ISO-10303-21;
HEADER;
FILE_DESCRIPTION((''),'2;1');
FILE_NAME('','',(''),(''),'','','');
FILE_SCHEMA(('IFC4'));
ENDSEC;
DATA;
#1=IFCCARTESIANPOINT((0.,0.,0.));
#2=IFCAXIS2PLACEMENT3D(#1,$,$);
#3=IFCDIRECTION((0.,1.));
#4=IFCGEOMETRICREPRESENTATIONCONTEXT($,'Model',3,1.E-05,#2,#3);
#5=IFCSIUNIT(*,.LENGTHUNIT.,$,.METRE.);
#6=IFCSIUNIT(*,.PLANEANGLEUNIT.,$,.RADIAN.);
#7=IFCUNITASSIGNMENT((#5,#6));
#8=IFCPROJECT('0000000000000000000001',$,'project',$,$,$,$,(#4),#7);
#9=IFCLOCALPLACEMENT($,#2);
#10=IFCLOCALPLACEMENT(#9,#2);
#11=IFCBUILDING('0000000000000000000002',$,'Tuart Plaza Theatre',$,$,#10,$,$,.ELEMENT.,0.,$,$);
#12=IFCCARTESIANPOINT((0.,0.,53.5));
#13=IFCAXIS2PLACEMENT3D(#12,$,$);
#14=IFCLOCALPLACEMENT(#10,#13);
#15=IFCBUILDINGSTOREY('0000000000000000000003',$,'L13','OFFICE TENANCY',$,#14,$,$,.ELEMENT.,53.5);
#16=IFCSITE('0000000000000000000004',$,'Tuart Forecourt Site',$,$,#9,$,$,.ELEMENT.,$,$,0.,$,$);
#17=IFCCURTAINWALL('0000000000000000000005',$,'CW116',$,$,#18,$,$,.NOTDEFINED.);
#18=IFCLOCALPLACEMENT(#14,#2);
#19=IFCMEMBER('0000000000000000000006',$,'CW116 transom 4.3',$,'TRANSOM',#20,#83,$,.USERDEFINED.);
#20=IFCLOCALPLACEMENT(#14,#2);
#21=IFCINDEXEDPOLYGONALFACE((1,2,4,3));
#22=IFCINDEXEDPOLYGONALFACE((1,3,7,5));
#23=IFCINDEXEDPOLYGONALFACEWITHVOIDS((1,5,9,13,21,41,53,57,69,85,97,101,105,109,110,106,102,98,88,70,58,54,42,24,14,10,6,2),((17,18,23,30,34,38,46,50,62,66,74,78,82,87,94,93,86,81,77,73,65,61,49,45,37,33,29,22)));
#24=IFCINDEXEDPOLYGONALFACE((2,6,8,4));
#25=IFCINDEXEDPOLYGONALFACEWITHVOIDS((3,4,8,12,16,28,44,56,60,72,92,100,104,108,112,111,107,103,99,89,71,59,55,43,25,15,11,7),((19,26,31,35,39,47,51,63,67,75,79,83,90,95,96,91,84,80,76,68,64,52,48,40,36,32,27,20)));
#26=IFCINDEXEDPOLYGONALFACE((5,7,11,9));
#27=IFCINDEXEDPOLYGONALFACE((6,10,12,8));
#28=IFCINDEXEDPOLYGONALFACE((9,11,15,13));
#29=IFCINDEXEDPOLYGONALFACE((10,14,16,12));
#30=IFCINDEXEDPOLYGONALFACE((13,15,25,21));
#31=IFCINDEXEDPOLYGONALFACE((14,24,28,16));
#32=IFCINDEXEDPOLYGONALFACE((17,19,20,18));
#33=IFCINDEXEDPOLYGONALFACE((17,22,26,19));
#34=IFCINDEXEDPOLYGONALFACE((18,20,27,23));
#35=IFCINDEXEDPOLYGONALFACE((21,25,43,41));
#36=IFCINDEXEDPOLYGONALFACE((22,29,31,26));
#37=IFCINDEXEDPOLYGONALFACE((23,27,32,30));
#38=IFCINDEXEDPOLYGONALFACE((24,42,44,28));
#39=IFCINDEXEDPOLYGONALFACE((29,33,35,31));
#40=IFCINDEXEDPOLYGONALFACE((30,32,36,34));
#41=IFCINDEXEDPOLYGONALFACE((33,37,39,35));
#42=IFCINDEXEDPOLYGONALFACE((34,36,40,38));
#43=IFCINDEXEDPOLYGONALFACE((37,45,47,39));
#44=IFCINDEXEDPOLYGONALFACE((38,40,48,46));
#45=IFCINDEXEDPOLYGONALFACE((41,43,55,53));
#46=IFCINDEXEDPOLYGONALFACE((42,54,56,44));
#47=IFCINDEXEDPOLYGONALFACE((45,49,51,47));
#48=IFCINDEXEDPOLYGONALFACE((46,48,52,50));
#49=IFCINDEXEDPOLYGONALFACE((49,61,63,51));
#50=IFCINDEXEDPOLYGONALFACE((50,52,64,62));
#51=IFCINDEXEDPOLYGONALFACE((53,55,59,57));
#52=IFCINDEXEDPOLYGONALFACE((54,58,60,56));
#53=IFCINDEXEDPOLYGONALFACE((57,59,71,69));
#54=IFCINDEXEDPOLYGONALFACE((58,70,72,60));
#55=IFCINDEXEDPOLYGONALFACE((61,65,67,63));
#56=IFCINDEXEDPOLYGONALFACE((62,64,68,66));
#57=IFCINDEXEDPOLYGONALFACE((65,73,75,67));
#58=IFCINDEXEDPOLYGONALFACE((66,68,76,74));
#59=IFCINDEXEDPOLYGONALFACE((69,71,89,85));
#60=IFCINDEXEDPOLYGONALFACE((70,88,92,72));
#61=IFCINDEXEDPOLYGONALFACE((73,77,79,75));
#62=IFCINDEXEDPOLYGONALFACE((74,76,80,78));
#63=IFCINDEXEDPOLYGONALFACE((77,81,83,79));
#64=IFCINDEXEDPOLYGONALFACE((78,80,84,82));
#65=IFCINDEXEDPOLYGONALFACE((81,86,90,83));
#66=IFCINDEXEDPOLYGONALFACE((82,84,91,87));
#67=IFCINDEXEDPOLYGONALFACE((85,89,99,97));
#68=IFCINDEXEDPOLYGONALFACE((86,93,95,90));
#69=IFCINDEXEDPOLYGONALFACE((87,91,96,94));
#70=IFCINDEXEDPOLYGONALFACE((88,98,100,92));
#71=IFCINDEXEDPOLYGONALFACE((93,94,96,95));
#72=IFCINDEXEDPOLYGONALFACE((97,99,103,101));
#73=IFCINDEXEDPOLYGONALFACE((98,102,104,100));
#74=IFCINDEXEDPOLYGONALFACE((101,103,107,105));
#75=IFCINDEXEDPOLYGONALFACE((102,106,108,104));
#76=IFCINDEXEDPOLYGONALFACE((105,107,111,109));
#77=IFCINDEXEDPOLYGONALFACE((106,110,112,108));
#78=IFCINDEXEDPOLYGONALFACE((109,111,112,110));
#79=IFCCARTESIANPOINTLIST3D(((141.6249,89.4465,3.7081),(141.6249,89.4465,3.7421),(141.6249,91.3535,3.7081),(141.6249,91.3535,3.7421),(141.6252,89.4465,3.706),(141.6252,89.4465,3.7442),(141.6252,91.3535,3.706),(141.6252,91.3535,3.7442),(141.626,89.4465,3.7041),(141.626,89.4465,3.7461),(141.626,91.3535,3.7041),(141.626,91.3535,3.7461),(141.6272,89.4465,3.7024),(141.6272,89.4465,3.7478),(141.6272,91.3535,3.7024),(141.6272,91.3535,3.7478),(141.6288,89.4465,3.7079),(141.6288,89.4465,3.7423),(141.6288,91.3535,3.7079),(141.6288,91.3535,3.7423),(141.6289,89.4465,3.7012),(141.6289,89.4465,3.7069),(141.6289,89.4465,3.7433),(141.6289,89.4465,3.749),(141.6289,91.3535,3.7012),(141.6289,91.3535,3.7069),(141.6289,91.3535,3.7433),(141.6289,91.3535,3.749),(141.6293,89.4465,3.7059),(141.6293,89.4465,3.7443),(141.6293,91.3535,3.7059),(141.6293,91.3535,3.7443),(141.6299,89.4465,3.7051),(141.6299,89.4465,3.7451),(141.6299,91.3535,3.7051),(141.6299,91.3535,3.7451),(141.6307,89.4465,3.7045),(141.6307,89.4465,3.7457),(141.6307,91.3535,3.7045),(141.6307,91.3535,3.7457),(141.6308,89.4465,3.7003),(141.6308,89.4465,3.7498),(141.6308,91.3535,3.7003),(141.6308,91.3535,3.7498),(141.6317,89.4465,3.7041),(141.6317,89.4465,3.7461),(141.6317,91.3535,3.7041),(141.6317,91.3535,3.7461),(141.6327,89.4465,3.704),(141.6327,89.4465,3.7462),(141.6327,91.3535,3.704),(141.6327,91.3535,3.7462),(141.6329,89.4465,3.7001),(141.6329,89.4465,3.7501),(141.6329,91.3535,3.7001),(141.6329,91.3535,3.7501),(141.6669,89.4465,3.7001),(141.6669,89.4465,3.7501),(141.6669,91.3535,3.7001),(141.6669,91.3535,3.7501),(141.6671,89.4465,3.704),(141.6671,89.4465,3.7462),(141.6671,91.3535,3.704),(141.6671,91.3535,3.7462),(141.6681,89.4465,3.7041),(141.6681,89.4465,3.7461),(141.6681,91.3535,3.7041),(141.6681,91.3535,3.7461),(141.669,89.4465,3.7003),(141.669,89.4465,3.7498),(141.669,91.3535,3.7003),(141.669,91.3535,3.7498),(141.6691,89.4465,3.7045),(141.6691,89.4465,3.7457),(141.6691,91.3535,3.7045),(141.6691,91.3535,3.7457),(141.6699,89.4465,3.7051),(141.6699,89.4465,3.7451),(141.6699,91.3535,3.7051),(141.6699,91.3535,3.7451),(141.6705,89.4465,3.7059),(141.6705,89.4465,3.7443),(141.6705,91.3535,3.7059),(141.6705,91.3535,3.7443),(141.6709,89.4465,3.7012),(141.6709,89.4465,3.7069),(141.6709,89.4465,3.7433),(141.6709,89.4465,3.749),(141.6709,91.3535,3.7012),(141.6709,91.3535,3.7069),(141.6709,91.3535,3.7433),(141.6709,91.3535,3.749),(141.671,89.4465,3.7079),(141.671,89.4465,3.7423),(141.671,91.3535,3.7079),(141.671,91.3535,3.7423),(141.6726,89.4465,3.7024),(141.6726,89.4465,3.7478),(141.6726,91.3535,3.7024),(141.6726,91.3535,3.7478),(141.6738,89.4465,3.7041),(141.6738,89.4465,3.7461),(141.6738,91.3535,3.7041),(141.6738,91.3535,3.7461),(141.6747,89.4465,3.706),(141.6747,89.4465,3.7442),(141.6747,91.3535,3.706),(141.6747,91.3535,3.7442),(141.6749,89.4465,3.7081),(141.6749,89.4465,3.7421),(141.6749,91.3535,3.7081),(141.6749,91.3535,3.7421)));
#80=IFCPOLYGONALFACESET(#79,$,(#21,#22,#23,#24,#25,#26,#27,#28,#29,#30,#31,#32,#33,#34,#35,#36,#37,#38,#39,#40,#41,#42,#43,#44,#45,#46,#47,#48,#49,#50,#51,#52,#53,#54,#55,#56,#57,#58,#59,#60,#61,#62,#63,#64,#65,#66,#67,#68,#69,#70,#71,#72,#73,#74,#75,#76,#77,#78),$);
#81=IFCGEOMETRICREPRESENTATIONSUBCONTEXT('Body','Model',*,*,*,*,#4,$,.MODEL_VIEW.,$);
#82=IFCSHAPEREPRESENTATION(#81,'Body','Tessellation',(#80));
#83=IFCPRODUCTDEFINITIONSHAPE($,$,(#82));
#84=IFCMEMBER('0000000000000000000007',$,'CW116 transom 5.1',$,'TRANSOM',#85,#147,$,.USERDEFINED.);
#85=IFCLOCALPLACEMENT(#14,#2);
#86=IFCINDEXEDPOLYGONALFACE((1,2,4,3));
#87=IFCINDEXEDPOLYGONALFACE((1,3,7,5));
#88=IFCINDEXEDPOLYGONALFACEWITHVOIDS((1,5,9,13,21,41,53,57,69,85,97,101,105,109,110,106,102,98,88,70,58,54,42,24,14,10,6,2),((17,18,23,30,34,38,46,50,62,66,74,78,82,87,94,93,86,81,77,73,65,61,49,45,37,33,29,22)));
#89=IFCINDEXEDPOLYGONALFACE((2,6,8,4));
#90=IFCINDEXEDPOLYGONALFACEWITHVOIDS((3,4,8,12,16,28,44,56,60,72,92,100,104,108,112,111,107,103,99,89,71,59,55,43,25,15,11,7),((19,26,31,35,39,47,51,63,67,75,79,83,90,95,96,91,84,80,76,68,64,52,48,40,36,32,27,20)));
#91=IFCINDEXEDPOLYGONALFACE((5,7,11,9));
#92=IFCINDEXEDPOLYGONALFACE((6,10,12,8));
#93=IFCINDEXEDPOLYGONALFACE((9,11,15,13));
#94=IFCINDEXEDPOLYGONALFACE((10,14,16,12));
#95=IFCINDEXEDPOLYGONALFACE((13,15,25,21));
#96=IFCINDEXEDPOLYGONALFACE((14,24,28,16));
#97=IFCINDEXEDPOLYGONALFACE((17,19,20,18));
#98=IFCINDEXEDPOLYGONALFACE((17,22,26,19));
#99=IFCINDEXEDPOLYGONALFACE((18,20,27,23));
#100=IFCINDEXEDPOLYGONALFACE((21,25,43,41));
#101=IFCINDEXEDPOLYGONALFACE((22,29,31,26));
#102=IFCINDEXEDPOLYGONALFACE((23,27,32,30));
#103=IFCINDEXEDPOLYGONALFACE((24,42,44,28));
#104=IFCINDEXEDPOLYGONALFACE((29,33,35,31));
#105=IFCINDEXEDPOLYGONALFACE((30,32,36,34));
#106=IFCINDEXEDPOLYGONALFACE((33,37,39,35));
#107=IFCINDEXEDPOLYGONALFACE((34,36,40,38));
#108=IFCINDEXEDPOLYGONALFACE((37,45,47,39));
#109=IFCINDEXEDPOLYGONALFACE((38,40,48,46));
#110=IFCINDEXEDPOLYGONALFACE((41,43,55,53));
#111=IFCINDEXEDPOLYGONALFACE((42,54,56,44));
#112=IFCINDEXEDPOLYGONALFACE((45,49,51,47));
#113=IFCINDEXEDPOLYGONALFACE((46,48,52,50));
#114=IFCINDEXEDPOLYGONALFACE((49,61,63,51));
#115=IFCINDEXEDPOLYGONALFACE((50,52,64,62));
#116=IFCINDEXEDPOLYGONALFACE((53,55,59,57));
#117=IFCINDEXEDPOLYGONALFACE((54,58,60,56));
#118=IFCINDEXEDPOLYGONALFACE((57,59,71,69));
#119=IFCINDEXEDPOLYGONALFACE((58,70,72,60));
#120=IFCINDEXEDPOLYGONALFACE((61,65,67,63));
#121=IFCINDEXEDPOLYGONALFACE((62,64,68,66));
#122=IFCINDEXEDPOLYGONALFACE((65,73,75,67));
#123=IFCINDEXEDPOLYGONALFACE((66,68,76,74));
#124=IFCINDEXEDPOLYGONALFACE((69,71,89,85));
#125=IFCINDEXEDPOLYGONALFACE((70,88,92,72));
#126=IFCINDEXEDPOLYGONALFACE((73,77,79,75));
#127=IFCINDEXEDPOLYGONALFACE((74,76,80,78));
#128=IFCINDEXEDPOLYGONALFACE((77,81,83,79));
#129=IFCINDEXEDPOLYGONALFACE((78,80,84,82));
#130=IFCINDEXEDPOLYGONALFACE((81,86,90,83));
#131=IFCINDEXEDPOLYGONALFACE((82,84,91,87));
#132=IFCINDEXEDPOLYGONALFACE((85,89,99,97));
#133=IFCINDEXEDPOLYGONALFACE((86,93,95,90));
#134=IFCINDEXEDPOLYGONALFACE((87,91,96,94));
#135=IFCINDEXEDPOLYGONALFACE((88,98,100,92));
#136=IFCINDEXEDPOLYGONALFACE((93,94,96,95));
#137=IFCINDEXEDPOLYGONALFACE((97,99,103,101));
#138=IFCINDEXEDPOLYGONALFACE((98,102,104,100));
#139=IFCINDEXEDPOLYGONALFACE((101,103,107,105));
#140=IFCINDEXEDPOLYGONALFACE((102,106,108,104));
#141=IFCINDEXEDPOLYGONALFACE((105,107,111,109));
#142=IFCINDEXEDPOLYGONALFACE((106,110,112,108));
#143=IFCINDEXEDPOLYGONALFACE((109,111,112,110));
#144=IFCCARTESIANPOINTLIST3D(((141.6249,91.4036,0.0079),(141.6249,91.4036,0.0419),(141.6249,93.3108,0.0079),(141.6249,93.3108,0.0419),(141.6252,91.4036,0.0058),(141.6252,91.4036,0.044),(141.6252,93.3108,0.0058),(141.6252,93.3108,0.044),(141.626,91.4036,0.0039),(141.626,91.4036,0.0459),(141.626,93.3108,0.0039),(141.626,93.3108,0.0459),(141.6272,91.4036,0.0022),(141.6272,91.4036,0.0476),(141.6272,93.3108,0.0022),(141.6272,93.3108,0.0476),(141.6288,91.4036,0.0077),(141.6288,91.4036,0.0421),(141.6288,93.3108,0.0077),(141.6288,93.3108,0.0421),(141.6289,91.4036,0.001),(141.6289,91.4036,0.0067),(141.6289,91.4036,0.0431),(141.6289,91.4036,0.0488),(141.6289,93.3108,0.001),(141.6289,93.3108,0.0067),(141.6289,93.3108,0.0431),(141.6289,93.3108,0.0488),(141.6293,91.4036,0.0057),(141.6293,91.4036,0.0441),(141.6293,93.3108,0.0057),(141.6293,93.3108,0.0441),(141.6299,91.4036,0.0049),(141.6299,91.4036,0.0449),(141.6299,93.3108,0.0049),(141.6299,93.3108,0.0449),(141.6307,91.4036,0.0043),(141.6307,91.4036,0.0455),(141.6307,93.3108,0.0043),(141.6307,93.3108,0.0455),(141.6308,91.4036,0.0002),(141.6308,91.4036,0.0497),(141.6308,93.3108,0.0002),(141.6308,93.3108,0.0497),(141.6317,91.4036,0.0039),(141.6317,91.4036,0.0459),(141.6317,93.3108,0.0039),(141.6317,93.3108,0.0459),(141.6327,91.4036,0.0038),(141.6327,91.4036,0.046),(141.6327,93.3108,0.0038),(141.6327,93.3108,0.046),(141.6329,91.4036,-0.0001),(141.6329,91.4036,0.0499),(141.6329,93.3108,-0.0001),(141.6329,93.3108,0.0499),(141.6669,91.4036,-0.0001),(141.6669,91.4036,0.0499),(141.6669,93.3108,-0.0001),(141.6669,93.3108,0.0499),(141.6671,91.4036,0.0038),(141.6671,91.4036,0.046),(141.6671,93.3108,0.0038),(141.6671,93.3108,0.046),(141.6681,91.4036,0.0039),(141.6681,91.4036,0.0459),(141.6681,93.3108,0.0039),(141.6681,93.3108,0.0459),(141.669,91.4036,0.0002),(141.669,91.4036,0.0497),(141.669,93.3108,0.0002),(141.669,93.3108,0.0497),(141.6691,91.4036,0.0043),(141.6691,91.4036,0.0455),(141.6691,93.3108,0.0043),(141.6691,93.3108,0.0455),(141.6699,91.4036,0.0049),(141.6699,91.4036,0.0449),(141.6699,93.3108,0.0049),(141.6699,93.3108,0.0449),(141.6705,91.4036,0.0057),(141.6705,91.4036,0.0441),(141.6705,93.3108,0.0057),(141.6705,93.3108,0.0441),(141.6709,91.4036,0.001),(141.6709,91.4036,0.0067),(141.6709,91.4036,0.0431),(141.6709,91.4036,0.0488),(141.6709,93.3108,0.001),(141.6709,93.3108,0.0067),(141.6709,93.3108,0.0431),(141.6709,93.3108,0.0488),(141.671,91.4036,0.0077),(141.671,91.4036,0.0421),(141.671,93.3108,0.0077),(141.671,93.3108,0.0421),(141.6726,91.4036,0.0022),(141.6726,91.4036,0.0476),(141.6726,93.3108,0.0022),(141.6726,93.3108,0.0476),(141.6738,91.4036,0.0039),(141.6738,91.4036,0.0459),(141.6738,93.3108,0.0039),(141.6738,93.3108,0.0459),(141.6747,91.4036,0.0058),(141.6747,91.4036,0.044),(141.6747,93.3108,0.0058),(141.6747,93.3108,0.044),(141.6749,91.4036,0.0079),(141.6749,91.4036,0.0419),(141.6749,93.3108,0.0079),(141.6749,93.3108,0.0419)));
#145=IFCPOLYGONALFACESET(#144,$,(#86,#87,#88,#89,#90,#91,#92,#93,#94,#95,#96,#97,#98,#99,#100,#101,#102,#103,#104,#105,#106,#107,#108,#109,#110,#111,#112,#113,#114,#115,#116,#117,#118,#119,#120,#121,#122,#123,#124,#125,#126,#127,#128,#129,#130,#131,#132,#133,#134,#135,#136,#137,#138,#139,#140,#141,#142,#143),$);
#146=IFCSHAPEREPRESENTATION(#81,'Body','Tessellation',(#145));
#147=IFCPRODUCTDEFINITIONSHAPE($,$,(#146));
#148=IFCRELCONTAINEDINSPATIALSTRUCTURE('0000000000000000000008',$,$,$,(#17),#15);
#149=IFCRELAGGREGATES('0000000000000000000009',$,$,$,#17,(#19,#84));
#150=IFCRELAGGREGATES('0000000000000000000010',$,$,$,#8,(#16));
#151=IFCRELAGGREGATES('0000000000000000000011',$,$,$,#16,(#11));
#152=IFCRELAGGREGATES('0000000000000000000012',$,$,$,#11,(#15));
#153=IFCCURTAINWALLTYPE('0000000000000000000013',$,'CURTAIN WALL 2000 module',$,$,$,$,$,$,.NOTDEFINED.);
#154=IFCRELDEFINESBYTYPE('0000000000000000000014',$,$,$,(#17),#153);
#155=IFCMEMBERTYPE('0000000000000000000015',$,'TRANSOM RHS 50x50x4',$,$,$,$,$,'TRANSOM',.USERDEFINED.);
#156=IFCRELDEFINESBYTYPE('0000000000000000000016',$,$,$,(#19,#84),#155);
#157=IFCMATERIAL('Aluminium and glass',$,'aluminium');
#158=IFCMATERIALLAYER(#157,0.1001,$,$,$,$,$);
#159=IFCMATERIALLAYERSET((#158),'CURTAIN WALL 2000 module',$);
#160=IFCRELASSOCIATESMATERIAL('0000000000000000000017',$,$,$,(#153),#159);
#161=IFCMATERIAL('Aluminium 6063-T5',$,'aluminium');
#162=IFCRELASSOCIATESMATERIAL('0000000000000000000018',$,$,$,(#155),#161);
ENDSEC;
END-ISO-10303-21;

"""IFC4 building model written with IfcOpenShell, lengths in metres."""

from ifc_helpers import new_model, si_unit, direction, frame, origin, origin_2d, place, context, subcontext, project, spatial, hollow_rectangle, extrude, material, layer, layer_set, material_profile, profile_set, type_object, element, aggregate, save


model = new_model("IFC4")

# Units and contexts
model_context = context("Model", 3, precision=1e-05, world=origin(), true_north=direction((0.0, 1.0)))
body_context = subcontext(model_context, "Body", "Model", "MODEL_VIEW")
ifc_project = project(units=[si_unit("LENGTHUNIT", "METRE"), si_unit("PLANEANGLEUNIT", "RADIAN")], contexts=[model_context])

# Site, building, storey
site_placement = place(None, origin())
site = spatial("IfcSite", under=ifc_project, at=site_placement, Name="Tuart Forecourt Site", CompositionType="ELEMENT", RefElevation=0.0)
building_placement = place(site_placement, origin())
building = spatial("IfcBuilding", under=site, at=building_placement, Name="Tuart Plaza Theatre", CompositionType="ELEMENT", ElevationOfRefHeight=0.0)
storey_placement = place(building_placement, frame((0.0, 0.0, 53.5)))
storey = spatial("IfcBuildingStorey", under=building, at=storey_placement, Name="L13", Description="OFFICE TENANCY", CompositionType="ELEMENT", Elevation=53.5)

# Curtain wall, members
ifc_material_1 = material(Name="Aluminium and glass", Category="aluminium")
ifc_layer_1 = layer(ifc_material_1, 0.1001)
ifc_layer_set_1 = layer_set([ifc_layer_1], Name="CURTAIN WALL 2000 module")
curtain_wall_type = type_object("IfcCurtainWallType", Name="CURTAIN WALL 2000 module", PredefinedType="NOTDEFINED", material=ifc_layer_set_1)
curtain_wall_placement = place(storey_placement, origin())
curtain_wall = element("IfcCurtainWall", 1, at=curtain_wall_placement, inside=storey, type_object=curtain_wall_type, Name="CW116", PredefinedType="NOTDEFINED")
ifc_material_2 = material(Name="Aluminium 6063-T5", Category="aluminium")
ifc_material_profile_1 = material_profile(ifc_material_2, hollow_rectangle(XDim=0.05, YDim=0.05, WallThickness=0.0039, InnerFilletRadius=0.0039, OuterFilletRadius=0.0081, at=origin_2d()), Name="RHS 50x50x4")
ifc_profile_set_1 = profile_set([ifc_material_profile_1], Name="Aluminium 6063-T5")
member_type_1 = type_object("IfcMemberType", Name="TRANSOM RHS 50x50x4", ElementType="TRANSOM", PredefinedType="USERDEFINED", material=ifc_profile_set_1)
member_1_placement = place(storey_placement, frame((141.6499, 89.4465, 3.7251), z_axis=(0.0, 1.0, 0.0), x_axis=(-1.0, 0.0, 0.0)))
member_1 = element("IfcMember", 2, at=member_1_placement, type_object=member_type_1, Name="CW116 transom 4.3", ObjectType="TRANSOM", PredefinedType="USERDEFINED", context=body_context, shape_type="SweptSolid", body=[
    extrude(hollow_rectangle(XDim=0.05, YDim=0.05, WallThickness=0.0039, InnerFilletRadius=0.0039, OuterFilletRadius=0.0081, at=origin_2d()), origin(), (0.0, 0.0, 1.0), 1.907),
])
member_2_placement = place(storey_placement, frame((141.6499, 91.4036, 0.0249), z_axis=(0.0, 1.0, 0.0), x_axis=(-1.0, 0.0, 0.0)))
member_2 = element("IfcMember", 3, at=member_2_placement, type_object=member_type_1, Name="CW116 transom 5.1", ObjectType="TRANSOM", PredefinedType="USERDEFINED", context=body_context, shape_type="SweptSolid", body=[
    extrude(hollow_rectangle(XDim=0.05, YDim=0.05, WallThickness=0.0039, InnerFilletRadius=0.0039, OuterFilletRadius=0.0081, at=origin_2d()), origin(), (0.0, 0.0, 1.0), 1.9072),
])
aggregate(curtain_wall, [member_1, member_2])

save(model, "model.ifc")
